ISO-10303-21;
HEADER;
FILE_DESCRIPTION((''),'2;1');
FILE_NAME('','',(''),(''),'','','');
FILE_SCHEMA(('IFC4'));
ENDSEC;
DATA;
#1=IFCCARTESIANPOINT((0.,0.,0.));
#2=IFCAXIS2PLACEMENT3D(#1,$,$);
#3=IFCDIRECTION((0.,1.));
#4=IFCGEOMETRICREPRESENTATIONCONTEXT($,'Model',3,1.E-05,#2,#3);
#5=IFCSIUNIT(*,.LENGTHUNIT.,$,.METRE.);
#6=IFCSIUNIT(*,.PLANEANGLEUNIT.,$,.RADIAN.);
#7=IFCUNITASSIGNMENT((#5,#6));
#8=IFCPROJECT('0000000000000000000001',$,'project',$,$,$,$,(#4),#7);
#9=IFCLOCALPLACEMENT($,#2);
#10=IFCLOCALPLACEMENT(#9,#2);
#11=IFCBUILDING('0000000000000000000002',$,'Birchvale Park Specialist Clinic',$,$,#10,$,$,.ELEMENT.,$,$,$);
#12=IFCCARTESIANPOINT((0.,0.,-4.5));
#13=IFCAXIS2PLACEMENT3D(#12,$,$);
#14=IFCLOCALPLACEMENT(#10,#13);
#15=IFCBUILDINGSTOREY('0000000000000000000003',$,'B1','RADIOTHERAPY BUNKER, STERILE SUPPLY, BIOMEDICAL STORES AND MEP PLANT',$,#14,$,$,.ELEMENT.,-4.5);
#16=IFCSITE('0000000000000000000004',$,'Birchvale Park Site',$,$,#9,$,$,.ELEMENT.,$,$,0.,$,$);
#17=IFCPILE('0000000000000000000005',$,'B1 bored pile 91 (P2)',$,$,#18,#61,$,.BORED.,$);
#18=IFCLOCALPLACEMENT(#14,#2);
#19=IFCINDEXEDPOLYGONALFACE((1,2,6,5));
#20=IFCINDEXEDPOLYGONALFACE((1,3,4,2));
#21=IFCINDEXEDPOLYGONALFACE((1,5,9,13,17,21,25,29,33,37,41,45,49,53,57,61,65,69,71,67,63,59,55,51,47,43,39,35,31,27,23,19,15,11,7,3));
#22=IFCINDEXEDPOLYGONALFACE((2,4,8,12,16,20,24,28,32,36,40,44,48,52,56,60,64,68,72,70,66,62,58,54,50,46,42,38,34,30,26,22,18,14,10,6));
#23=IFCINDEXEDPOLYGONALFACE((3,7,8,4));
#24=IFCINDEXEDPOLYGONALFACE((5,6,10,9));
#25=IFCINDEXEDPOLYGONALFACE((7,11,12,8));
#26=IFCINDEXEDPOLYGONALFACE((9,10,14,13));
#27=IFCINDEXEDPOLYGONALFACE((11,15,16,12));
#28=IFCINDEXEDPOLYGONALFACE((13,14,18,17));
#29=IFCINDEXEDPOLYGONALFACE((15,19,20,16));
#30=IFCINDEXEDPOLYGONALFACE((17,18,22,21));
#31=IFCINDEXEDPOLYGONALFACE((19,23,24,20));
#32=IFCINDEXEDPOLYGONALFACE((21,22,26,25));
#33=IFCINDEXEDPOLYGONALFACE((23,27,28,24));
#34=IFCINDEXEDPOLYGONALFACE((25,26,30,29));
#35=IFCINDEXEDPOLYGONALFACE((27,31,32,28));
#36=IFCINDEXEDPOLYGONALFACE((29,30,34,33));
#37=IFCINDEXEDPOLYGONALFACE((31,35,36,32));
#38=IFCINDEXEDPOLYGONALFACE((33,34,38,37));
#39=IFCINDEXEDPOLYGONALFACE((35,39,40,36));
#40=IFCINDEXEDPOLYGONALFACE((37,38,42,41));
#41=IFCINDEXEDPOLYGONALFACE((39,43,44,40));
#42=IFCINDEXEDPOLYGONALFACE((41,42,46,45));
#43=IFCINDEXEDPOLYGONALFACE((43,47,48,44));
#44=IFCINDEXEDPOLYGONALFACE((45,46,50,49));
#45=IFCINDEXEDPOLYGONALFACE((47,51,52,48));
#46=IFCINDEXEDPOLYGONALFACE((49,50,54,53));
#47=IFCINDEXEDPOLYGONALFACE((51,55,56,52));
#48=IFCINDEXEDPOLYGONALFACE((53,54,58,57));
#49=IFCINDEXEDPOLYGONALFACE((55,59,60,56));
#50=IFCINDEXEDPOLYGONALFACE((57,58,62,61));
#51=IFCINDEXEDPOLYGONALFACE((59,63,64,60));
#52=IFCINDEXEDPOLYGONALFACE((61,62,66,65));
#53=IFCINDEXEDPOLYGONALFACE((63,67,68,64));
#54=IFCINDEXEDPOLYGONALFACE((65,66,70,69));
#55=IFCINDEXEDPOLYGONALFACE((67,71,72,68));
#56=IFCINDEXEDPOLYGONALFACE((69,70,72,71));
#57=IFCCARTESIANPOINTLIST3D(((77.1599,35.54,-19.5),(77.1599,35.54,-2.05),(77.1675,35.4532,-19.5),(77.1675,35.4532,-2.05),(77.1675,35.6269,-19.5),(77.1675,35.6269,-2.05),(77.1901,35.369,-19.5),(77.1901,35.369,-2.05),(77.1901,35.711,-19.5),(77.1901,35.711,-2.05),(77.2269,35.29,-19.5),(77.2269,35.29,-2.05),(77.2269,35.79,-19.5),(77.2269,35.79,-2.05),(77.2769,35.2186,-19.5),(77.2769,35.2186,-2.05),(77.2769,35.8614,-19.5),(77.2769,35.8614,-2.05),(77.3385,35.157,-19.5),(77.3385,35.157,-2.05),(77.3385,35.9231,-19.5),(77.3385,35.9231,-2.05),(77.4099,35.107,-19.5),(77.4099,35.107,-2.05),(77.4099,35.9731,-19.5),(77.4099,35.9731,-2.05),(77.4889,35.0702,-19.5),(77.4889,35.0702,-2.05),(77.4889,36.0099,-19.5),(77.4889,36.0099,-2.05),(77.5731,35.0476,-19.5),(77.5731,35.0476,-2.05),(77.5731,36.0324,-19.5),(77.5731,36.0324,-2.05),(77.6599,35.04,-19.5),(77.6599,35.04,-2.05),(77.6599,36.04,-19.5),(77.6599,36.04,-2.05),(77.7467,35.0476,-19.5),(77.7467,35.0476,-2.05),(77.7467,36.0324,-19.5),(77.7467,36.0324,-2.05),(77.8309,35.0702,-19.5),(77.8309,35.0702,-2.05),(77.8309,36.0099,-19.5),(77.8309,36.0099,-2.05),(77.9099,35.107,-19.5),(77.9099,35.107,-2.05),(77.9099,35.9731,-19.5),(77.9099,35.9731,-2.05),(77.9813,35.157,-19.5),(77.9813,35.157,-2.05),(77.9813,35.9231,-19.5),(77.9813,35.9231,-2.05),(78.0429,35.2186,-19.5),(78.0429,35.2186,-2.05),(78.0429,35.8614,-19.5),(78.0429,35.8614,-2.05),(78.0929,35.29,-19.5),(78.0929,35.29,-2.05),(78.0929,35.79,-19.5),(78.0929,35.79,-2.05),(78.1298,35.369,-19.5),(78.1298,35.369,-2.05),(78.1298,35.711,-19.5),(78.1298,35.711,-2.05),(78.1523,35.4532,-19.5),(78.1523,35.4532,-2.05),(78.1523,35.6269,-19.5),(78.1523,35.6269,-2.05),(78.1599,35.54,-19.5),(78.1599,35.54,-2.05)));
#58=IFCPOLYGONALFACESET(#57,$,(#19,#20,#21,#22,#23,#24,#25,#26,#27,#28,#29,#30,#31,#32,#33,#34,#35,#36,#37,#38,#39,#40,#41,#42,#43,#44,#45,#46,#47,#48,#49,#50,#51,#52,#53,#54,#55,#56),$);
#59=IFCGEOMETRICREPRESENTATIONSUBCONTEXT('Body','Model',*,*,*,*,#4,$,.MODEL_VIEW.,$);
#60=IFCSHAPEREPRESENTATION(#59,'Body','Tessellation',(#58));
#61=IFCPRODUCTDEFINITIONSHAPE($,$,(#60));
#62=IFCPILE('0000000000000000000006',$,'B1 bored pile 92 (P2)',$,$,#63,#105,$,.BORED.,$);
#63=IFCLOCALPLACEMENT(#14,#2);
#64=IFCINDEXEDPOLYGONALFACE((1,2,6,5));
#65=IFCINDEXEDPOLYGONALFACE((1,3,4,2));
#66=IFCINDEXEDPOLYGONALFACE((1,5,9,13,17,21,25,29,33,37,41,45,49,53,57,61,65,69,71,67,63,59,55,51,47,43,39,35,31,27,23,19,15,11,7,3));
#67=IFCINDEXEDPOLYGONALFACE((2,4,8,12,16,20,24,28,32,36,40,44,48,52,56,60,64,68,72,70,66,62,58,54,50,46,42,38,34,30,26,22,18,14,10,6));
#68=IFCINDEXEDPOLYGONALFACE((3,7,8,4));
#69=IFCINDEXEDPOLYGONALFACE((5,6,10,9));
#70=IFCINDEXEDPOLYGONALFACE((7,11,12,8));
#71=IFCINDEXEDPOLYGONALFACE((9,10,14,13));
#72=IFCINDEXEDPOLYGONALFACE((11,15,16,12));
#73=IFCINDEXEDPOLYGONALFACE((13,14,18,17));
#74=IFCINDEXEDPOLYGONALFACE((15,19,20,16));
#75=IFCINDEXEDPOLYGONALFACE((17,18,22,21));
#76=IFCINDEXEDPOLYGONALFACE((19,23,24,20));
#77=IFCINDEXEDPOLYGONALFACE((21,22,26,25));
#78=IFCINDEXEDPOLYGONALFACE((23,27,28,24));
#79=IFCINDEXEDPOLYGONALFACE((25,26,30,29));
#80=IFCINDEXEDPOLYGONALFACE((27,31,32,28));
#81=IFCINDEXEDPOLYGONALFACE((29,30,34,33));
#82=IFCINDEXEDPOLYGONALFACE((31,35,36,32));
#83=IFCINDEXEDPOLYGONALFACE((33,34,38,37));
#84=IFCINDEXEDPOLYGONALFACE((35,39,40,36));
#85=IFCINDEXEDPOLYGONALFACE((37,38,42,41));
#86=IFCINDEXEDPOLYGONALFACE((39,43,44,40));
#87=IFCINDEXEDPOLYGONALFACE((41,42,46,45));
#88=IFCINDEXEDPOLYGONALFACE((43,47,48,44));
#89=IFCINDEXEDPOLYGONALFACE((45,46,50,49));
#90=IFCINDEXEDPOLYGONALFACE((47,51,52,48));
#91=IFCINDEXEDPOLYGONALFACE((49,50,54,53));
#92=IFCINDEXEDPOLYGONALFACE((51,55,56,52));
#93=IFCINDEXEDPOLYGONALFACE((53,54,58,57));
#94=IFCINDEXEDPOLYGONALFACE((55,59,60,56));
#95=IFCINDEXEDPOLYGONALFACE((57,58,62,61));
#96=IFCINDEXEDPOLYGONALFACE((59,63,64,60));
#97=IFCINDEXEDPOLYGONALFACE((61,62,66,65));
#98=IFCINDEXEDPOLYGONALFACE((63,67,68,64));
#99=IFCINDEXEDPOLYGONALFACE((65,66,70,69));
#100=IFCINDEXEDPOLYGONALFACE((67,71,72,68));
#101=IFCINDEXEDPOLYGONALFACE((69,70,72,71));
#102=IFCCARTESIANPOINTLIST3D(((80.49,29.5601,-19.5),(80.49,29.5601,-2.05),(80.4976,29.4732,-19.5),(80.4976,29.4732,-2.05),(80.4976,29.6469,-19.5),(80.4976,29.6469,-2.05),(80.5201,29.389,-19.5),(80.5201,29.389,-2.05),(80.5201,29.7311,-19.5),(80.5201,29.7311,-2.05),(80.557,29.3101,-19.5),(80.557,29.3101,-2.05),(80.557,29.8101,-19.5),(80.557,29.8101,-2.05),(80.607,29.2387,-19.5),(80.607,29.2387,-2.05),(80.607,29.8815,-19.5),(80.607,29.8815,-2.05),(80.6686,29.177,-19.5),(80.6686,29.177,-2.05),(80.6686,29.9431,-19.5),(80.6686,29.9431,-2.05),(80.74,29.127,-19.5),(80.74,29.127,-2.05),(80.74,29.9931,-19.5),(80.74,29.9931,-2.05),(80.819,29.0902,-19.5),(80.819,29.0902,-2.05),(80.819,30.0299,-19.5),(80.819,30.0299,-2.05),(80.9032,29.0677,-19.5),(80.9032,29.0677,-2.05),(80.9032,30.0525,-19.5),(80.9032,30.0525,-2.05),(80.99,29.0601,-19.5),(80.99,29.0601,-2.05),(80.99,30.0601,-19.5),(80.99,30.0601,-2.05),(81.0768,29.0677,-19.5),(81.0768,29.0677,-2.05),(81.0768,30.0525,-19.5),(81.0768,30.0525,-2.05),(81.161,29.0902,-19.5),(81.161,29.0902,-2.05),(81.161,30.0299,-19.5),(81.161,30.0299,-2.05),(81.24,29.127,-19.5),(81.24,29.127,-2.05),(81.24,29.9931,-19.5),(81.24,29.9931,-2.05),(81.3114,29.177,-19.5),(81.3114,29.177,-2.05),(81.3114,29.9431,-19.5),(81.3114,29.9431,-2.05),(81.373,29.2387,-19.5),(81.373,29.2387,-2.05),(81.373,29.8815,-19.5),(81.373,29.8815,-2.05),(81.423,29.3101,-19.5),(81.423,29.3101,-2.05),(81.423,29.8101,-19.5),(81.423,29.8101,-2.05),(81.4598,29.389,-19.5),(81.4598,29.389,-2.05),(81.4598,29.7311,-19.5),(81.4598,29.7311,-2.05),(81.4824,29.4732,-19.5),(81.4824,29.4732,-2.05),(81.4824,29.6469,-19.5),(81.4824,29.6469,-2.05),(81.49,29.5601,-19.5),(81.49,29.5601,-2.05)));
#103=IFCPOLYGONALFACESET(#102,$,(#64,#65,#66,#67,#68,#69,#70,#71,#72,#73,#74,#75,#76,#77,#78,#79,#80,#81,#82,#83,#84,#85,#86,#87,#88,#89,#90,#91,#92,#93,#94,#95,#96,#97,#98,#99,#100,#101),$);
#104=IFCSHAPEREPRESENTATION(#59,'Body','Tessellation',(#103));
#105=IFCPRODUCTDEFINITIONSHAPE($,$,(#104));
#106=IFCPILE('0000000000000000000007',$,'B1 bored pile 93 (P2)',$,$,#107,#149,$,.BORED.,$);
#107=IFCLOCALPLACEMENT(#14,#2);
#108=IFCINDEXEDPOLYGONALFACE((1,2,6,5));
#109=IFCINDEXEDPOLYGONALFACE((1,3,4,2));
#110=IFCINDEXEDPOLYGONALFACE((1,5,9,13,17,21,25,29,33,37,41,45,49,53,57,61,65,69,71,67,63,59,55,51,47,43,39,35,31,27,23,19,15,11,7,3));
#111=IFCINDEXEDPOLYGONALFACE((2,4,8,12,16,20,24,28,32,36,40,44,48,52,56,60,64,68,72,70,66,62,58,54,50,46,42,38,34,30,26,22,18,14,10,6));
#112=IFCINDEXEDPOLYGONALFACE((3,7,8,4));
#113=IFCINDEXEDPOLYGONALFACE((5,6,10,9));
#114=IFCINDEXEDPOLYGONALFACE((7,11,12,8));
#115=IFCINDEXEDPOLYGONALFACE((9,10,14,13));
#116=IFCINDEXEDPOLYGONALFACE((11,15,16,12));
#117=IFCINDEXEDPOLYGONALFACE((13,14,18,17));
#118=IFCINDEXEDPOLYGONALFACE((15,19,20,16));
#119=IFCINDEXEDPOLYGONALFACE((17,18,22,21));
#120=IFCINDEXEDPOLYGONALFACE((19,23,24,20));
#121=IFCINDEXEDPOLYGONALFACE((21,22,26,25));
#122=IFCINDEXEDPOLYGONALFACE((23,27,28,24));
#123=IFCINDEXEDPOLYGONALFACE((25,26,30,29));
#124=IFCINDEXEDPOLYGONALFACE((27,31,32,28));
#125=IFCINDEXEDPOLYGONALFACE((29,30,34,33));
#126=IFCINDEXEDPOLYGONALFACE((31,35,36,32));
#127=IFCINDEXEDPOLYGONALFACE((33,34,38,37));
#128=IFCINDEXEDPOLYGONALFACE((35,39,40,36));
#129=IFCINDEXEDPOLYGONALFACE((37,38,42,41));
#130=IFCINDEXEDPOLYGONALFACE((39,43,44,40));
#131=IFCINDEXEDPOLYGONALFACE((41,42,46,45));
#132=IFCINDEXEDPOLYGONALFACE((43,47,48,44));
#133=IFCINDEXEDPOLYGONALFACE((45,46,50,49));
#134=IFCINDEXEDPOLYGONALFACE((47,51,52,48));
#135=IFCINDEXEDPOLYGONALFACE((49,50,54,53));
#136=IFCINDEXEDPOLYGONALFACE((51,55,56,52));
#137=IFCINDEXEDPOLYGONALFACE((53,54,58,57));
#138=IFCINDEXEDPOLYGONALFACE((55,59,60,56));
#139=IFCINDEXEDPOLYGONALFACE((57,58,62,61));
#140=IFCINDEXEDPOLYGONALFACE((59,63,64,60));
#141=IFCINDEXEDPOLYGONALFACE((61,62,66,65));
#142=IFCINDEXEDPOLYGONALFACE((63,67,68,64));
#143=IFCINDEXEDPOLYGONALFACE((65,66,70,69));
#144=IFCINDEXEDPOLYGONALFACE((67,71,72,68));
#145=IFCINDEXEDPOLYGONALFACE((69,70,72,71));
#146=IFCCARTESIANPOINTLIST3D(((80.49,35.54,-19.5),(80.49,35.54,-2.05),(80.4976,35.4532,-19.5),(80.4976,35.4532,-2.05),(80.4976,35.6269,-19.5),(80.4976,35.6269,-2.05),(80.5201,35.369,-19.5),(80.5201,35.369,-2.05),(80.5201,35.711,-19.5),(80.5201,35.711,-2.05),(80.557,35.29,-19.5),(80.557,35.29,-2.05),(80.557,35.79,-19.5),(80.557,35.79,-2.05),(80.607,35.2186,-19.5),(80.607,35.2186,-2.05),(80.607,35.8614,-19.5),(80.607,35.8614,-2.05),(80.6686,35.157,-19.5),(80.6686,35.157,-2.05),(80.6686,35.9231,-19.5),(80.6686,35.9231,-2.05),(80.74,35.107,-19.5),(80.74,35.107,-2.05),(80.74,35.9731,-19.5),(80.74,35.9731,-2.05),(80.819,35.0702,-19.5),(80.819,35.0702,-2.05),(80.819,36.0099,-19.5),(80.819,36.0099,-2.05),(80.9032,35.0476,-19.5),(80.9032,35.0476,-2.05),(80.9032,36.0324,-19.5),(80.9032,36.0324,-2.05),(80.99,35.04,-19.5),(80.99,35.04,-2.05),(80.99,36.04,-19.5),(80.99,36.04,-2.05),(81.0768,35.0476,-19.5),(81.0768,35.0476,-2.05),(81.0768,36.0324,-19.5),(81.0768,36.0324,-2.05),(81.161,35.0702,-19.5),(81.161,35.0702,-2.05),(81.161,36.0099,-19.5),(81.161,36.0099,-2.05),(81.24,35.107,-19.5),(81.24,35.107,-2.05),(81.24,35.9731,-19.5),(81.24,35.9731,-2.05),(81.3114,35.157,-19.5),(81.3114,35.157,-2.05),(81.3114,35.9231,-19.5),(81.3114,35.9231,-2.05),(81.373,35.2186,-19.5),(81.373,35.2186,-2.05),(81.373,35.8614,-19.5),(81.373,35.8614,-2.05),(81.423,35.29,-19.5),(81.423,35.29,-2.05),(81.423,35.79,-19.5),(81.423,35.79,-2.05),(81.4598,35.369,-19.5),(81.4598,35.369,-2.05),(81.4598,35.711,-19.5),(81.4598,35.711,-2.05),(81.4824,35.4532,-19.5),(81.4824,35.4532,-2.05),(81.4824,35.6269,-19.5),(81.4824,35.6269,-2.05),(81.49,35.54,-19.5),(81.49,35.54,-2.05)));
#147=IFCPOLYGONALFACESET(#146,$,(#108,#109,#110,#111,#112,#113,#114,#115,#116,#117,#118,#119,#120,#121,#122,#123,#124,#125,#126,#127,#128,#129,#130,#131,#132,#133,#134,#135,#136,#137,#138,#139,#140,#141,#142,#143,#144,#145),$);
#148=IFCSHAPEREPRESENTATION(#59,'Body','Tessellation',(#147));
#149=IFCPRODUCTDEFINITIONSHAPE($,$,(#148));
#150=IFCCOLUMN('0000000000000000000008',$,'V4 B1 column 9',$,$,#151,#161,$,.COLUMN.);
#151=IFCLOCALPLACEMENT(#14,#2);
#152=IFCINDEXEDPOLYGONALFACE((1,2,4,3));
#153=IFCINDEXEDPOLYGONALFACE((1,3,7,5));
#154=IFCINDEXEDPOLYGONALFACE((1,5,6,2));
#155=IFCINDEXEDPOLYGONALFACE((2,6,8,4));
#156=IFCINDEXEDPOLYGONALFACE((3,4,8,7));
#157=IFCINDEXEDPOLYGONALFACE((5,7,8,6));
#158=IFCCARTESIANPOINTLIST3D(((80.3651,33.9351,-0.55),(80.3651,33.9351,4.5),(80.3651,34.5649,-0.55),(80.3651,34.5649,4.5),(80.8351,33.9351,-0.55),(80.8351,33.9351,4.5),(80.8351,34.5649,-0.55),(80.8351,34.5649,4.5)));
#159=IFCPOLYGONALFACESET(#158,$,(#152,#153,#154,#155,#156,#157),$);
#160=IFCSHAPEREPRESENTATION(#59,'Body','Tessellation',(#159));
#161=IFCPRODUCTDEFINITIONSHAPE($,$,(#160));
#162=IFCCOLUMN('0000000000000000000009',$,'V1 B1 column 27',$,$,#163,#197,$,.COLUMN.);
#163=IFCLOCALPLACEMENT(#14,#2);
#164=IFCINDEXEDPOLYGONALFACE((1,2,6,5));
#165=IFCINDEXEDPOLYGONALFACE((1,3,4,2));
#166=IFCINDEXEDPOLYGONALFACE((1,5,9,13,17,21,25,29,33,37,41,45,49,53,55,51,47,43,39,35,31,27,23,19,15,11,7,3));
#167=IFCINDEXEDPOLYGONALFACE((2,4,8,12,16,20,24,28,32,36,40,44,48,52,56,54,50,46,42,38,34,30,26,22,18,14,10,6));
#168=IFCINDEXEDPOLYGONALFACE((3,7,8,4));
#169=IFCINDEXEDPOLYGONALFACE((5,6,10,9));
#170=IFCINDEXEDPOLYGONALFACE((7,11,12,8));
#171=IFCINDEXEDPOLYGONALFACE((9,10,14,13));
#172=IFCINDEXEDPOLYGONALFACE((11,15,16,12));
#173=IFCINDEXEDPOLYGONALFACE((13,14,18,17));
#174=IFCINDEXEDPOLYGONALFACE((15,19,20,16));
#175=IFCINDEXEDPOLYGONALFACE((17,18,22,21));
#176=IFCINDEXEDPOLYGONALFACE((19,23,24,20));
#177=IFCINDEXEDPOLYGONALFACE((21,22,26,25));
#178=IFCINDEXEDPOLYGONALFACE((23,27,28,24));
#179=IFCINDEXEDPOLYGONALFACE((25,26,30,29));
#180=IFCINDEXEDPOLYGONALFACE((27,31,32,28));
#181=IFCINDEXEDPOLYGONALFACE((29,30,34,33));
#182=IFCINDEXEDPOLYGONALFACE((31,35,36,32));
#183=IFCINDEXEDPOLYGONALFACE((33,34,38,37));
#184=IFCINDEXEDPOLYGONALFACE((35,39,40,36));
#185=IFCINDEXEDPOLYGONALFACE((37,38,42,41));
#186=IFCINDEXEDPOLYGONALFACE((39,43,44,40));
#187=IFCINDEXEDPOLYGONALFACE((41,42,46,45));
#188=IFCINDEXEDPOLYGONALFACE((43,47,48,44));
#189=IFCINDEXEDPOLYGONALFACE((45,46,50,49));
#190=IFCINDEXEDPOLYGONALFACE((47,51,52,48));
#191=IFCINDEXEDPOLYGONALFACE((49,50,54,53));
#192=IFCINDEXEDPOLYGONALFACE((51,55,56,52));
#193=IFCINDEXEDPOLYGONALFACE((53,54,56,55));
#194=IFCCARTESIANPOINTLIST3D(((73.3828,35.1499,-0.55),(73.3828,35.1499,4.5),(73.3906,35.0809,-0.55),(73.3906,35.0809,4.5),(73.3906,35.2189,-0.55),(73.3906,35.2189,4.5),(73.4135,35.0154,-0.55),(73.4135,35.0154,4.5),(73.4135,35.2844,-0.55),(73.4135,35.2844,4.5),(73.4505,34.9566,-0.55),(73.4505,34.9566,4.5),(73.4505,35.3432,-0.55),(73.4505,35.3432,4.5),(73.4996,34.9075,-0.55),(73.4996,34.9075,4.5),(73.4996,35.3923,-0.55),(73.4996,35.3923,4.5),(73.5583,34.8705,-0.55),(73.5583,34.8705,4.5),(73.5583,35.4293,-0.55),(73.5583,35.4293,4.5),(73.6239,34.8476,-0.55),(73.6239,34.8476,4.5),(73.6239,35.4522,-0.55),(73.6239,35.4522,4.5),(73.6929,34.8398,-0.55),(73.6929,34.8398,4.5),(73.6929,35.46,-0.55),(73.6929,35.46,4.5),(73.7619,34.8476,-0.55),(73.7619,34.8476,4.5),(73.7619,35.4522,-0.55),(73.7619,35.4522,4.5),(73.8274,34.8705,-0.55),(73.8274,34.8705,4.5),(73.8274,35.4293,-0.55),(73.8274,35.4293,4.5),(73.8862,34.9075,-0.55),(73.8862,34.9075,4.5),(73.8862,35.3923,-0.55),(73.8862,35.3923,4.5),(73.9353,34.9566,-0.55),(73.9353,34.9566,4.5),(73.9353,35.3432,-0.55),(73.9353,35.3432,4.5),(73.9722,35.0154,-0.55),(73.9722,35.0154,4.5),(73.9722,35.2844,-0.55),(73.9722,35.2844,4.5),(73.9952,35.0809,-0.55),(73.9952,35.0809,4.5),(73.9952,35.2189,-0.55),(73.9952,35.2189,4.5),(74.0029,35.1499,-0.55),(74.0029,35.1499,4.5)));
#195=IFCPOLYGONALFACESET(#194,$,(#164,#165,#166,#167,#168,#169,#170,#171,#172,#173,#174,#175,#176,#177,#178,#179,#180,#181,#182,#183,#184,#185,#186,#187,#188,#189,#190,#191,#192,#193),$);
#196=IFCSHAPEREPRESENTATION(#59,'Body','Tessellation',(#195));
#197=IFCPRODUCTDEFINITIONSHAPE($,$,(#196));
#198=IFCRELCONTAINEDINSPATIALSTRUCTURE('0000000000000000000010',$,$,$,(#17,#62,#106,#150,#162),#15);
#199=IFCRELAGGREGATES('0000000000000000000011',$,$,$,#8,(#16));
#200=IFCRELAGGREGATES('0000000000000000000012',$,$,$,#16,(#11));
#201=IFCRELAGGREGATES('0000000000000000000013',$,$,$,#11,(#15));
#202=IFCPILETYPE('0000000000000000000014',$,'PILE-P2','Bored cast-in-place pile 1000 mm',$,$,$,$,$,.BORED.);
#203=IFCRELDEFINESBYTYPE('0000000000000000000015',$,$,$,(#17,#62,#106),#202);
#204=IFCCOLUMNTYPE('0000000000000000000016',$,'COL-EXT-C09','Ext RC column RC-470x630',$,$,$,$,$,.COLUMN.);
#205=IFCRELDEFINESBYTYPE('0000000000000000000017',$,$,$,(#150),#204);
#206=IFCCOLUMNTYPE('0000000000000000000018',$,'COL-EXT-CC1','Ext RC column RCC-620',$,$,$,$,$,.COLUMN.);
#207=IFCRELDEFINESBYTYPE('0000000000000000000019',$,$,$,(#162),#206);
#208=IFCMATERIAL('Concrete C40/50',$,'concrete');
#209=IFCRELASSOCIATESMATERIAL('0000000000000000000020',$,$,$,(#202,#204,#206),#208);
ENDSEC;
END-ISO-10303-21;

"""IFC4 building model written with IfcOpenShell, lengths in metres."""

from ifc_helpers import new_model, si_unit, direction, frame, origin, origin_2d, place, context, subcontext, project, spatial, rectangle, circle, extrude, material, material_profile, profile_set, type_object, element, save


model = new_model("IFC4")

# Units and contexts
model_context = context("Model", 3, precision=1e-05, world=origin(), true_north=direction((0.0, 1.0)))
body_context = subcontext(model_context, "Body", "Model", "MODEL_VIEW")
ifc_project = project(units=[si_unit("LENGTHUNIT", "METRE"), si_unit("PLANEANGLEUNIT", "RADIAN")], contexts=[model_context])

# Site, building, storey
site_placement = place(None, origin())
site = spatial("IfcSite", under=ifc_project, at=site_placement, Name="Birchvale Park Site", CompositionType="ELEMENT", RefElevation=0.0)
building_placement = place(site_placement, origin())
building = spatial("IfcBuilding", under=site, at=building_placement, Name="Birchvale Park Specialist Clinic", CompositionType="ELEMENT")
storey_placement = place(building_placement, frame((0.0, 0.0, -4.5)))
storey = spatial("IfcBuildingStorey", under=building, at=storey_placement, Name="B1", Description="RADIOTHERAPY BUNKER, STERILE SUPPLY, BIOMEDICAL STORES AND MEP PLANT", CompositionType="ELEMENT", Elevation=-4.5)

# Shared definitions
ifc_material_1 = material(Name="Concrete C40/50", Category="concrete")

# Piles
ifc_material_profile_1 = material_profile(ifc_material_1, circle(Radius=0.5, at=origin_2d()), Name="PILE-1000")
ifc_profile_set_1 = profile_set([ifc_material_profile_1], Name="Concrete C40/50")
pile_type_1 = type_object("IfcPileType", Name="PILE-P2", Description="Bored cast-in-place pile 1000 mm", PredefinedType="BORED", material=ifc_profile_set_1)
for number, where, z_axis, x_axis, name in (
    (1, (77.6599, 35.54, -2.05), (0.0, 0.0, -1.0), (1.0, 0.0, 0.0), "B1 bored pile 91 (P2)"),
    (2, (80.99, 29.5601, -2.05), (0.0, 0.0, -1.0), (1.0, 0.0, 0.0), "B1 bored pile 92 (P2)"),
    (3, (80.99, 35.54, -2.05), (0.0, 0.0, -1.0), (1.0, 0.0, 0.0), "B1 bored pile 93 (P2)"),
):
    element("IfcPile", number, at=place(storey_placement, frame(where, z_axis=z_axis, x_axis=x_axis)), inside=storey, type_object=pile_type_1, Name=name, PredefinedType="BORED", context=body_context, shape_type="SweptSolid", body=[
        extrude(circle(Radius=0.5, at=origin_2d()), origin(), (0.0, 0.0, 1.0), 17.45),
    ])

# Columns
ifc_material_profile_2 = material_profile(ifc_material_1, rectangle(XDim=0.47, YDim=0.6299, at=origin_2d()), Name="RC-470x630")
ifc_profile_set_2 = profile_set([ifc_material_profile_2], Name="Concrete C40/50")
column_type_1 = type_object("IfcColumnType", Name="COL-EXT-C09", Description="Ext RC column RC-470x630", PredefinedType="COLUMN", material=ifc_profile_set_2)
column_1_placement = place(storey_placement, frame((80.6001, 34.25, -0.55), z_axis=(0.0, 0.0, 1.0), x_axis=(1.0, 0.0, 0.0)))
element("IfcColumn", 4, at=column_1_placement, inside=storey, type_object=column_type_1, Name="V4 B1 column 9", PredefinedType="COLUMN", context=body_context, shape_type="SweptSolid", body=[
    extrude(rectangle(XDim=0.47, YDim=0.6299, at=origin_2d()), origin(), (0.0, 0.0, 1.0), 5.05),
])
ifc_material_profile_3 = material_profile(ifc_material_1, circle(Radius=0.3101, at=origin_2d()), Name="RCC-620")
ifc_profile_set_3 = profile_set([ifc_material_profile_3], Name="Concrete C40/50")
column_type_2 = type_object("IfcColumnType", Name="COL-EXT-CC1", Description="Ext RC column RCC-620", PredefinedType="COLUMN", material=ifc_profile_set_3)
for number, where, z_axis, x_axis, name in (
    (5, (73.6929, 35.1499, -0.55), (0.0, 0.0, 1.0), (1.0, 0.0, 0.0), "V1 B1 column 27"),
):
    element("IfcColumn", number, at=place(storey_placement, frame(where, z_axis=z_axis, x_axis=x_axis)), inside=storey, type_object=column_type_2, Name=name, PredefinedType="COLUMN", context=body_context, shape_type="SweptSolid", body=[
        extrude(circle(Radius=0.3101, at=origin_2d()), origin(), (0.0, 0.0, 1.0), 5.05),
    ])

save(model, "model.ifc")
